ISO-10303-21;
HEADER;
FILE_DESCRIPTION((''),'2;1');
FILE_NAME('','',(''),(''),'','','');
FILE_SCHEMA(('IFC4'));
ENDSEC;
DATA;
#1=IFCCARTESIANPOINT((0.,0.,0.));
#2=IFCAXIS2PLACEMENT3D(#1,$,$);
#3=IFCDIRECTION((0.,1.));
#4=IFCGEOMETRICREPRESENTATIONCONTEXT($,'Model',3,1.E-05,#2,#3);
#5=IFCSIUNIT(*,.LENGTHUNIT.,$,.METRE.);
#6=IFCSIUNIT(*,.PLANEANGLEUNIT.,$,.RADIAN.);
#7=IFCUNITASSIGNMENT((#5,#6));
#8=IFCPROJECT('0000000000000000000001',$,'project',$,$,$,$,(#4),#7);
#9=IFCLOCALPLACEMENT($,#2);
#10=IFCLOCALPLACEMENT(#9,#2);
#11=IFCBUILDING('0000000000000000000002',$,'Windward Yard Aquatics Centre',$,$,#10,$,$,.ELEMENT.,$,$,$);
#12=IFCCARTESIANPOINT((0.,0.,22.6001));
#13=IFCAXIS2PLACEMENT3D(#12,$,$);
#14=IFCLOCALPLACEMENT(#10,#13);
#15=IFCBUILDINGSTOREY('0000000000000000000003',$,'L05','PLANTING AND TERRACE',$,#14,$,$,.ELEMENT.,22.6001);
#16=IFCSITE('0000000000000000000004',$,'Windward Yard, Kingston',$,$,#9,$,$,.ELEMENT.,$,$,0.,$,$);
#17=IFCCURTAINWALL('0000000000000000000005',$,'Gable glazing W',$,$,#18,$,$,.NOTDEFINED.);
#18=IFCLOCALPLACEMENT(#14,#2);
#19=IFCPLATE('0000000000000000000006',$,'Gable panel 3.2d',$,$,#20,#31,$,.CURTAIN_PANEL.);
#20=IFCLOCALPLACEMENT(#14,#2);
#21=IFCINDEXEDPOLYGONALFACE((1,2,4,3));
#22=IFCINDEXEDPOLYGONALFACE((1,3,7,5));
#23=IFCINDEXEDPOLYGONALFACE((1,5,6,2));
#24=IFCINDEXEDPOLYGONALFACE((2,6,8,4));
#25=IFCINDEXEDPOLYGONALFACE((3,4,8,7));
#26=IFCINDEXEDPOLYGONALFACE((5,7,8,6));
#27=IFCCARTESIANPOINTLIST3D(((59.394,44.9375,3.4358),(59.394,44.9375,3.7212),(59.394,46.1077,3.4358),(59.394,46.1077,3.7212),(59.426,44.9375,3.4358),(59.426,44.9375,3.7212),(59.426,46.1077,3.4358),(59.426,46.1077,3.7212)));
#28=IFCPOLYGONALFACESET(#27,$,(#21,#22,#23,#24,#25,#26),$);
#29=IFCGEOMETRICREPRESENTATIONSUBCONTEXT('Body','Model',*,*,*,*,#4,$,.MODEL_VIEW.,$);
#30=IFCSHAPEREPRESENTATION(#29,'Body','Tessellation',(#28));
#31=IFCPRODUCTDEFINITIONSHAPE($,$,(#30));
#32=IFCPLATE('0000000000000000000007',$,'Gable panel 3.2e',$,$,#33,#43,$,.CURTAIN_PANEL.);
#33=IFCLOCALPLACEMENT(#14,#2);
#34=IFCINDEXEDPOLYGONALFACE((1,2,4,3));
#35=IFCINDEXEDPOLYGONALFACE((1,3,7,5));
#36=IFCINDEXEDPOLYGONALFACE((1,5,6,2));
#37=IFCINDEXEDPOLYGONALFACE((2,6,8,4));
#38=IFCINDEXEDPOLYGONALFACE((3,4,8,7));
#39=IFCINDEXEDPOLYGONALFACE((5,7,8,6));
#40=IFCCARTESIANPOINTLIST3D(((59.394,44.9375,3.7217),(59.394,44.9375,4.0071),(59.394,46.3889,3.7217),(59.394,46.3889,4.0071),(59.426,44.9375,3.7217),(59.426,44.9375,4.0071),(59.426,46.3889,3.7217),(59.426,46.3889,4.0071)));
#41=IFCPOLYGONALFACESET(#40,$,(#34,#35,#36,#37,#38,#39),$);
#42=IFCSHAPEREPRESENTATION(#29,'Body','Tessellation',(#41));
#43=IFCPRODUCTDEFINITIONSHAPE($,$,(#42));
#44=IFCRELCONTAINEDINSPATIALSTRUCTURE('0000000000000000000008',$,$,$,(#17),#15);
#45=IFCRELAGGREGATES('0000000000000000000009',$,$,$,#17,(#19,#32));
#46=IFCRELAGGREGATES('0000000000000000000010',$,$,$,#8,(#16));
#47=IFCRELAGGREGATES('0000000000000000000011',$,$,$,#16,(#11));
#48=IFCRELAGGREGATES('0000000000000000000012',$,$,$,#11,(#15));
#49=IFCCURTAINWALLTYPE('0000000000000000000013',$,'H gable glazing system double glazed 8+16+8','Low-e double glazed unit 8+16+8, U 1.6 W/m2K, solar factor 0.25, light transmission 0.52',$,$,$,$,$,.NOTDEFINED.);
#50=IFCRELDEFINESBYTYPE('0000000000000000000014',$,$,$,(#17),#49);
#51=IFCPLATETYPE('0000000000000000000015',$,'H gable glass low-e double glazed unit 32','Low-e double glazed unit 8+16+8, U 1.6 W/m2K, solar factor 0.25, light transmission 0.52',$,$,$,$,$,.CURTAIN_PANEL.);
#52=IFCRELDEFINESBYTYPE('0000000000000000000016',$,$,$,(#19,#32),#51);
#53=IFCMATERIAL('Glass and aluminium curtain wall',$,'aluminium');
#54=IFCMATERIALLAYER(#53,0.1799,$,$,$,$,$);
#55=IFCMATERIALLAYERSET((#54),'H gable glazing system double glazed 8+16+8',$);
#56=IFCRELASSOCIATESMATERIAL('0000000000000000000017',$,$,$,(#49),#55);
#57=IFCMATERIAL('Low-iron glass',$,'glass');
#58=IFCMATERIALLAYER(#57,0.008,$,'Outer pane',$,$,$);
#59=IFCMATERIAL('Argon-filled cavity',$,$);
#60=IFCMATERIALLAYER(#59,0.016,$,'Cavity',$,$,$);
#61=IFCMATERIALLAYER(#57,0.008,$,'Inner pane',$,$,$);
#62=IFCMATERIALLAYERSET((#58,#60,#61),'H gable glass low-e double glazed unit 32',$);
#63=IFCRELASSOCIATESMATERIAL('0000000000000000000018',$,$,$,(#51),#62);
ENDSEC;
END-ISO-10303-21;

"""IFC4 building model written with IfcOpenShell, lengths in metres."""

from ifc_helpers import new_model, si_unit, direction, frame, origin, place, context, subcontext, project, spatial, polyline, outline, extrude, material, layer, layer_set, type_object, element, aggregate, save


model = new_model("IFC4")

# Units and contexts
model_context = context("Model", 3, precision=1e-05, world=origin(), true_north=direction((0.0, 1.0)))
body_context = subcontext(model_context, "Body", "Model", "MODEL_VIEW")
ifc_project = project(units=[si_unit("LENGTHUNIT", "METRE"), si_unit("PLANEANGLEUNIT", "RADIAN")], contexts=[model_context])

# Site, building, storey
site_placement = place(None, origin())
site = spatial("IfcSite", under=ifc_project, at=site_placement, Name="Windward Yard, Kingston", CompositionType="ELEMENT", RefElevation=0.0)
building_placement = place(site_placement, origin())
building = spatial("IfcBuilding", under=site, at=building_placement, Name="Windward Yard Aquatics Centre", CompositionType="ELEMENT")
storey_placement = place(building_placement, frame((0.0, 0.0, 22.6001)))
storey = spatial("IfcBuildingStorey", under=building, at=storey_placement, Name="L05", Description="PLANTING AND TERRACE", CompositionType="ELEMENT", Elevation=22.6001)

# Curtain wall, plates
ifc_material_1 = material(Name="Glass and aluminium curtain wall", Category="aluminium")
ifc_layer_1 = layer(ifc_material_1, 0.1799)
ifc_layer_set_1 = layer_set([ifc_layer_1], Name="H gable glazing system double glazed 8+16+8")
curtain_wall_type = type_object("IfcCurtainWallType", Name="H gable glazing system double glazed 8+16+8", Description="Low-e double glazed unit 8+16+8, U 1.6 W/m2K, solar factor 0.25, light transmission 0.52", PredefinedType="NOTDEFINED", material=ifc_layer_set_1)
curtain_wall_placement = place(storey_placement, origin())
curtain_wall = element("IfcCurtainWall", 1, at=curtain_wall_placement, inside=storey, type_object=curtain_wall_type, Name="Gable glazing W", PredefinedType="NOTDEFINED")
ifc_material_2 = material(Name="Low-iron glass", Category="glass")
ifc_layer_2 = layer(ifc_material_2, 0.008, Name="Outer pane")
ifc_material_3 = material(Name="Argon-filled cavity")
ifc_layer_3 = layer(ifc_material_3, 0.016, Name="Cavity")
ifc_layer_4 = layer(ifc_material_2, 0.008, Name="Inner pane")
ifc_layer_set_2 = layer_set([ifc_layer_2, ifc_layer_3, ifc_layer_4], Name="H gable glass low-e double glazed unit 32")
plate_type = type_object("IfcPlateType", Name="H gable glass low-e double glazed unit 32", Description="Low-e double glazed unit 8+16+8, U 1.6 W/m2K, solar factor 0.25, light transmission 0.52", PredefinedType="CURTAIN_PANEL", material=ifc_layer_set_2)
plate_1_placement = place(storey_placement, frame((59.426, 44.9375, 3.4358), z_axis=(1.0, 0.0, 0.0), x_axis=(0.0, 1.0, 0.0)))
plate_1 = element("IfcPlate", 2, at=plate_1_placement, type_object=plate_type, Name="Gable panel 3.2d", PredefinedType="CURTAIN_PANEL", context=body_context, shape_type="SweptSolid", body=[
    extrude(outline(polyline([(0.0, 0.0), (1.1702, 0.0), (1.1702, 0.2854), (0.0, 0.2854), (0.0, 0.0)])), origin(), (0.0, 0.0, -1.0), 0.032),
])
plate_2_placement = place(storey_placement, frame((59.426, 44.9375, 3.7217), z_axis=(1.0, 0.0, 0.0), x_axis=(0.0, 1.0, 0.0)))
plate_2 = element("IfcPlate", 3, at=plate_2_placement, type_object=plate_type, Name="Gable panel 3.2e", PredefinedType="CURTAIN_PANEL", context=body_context, shape_type="SweptSolid", body=[
    extrude(outline(polyline([(0.0, 0.0), (1.4514, 0.0), (1.4514, 0.2854), (0.0, 0.2854), (0.0, 0.0)])), origin(), (0.0, 0.0, -1.0), 0.032),
])
aggregate(curtain_wall, [plate_1, plate_2])

save(model, "model.ifc")
